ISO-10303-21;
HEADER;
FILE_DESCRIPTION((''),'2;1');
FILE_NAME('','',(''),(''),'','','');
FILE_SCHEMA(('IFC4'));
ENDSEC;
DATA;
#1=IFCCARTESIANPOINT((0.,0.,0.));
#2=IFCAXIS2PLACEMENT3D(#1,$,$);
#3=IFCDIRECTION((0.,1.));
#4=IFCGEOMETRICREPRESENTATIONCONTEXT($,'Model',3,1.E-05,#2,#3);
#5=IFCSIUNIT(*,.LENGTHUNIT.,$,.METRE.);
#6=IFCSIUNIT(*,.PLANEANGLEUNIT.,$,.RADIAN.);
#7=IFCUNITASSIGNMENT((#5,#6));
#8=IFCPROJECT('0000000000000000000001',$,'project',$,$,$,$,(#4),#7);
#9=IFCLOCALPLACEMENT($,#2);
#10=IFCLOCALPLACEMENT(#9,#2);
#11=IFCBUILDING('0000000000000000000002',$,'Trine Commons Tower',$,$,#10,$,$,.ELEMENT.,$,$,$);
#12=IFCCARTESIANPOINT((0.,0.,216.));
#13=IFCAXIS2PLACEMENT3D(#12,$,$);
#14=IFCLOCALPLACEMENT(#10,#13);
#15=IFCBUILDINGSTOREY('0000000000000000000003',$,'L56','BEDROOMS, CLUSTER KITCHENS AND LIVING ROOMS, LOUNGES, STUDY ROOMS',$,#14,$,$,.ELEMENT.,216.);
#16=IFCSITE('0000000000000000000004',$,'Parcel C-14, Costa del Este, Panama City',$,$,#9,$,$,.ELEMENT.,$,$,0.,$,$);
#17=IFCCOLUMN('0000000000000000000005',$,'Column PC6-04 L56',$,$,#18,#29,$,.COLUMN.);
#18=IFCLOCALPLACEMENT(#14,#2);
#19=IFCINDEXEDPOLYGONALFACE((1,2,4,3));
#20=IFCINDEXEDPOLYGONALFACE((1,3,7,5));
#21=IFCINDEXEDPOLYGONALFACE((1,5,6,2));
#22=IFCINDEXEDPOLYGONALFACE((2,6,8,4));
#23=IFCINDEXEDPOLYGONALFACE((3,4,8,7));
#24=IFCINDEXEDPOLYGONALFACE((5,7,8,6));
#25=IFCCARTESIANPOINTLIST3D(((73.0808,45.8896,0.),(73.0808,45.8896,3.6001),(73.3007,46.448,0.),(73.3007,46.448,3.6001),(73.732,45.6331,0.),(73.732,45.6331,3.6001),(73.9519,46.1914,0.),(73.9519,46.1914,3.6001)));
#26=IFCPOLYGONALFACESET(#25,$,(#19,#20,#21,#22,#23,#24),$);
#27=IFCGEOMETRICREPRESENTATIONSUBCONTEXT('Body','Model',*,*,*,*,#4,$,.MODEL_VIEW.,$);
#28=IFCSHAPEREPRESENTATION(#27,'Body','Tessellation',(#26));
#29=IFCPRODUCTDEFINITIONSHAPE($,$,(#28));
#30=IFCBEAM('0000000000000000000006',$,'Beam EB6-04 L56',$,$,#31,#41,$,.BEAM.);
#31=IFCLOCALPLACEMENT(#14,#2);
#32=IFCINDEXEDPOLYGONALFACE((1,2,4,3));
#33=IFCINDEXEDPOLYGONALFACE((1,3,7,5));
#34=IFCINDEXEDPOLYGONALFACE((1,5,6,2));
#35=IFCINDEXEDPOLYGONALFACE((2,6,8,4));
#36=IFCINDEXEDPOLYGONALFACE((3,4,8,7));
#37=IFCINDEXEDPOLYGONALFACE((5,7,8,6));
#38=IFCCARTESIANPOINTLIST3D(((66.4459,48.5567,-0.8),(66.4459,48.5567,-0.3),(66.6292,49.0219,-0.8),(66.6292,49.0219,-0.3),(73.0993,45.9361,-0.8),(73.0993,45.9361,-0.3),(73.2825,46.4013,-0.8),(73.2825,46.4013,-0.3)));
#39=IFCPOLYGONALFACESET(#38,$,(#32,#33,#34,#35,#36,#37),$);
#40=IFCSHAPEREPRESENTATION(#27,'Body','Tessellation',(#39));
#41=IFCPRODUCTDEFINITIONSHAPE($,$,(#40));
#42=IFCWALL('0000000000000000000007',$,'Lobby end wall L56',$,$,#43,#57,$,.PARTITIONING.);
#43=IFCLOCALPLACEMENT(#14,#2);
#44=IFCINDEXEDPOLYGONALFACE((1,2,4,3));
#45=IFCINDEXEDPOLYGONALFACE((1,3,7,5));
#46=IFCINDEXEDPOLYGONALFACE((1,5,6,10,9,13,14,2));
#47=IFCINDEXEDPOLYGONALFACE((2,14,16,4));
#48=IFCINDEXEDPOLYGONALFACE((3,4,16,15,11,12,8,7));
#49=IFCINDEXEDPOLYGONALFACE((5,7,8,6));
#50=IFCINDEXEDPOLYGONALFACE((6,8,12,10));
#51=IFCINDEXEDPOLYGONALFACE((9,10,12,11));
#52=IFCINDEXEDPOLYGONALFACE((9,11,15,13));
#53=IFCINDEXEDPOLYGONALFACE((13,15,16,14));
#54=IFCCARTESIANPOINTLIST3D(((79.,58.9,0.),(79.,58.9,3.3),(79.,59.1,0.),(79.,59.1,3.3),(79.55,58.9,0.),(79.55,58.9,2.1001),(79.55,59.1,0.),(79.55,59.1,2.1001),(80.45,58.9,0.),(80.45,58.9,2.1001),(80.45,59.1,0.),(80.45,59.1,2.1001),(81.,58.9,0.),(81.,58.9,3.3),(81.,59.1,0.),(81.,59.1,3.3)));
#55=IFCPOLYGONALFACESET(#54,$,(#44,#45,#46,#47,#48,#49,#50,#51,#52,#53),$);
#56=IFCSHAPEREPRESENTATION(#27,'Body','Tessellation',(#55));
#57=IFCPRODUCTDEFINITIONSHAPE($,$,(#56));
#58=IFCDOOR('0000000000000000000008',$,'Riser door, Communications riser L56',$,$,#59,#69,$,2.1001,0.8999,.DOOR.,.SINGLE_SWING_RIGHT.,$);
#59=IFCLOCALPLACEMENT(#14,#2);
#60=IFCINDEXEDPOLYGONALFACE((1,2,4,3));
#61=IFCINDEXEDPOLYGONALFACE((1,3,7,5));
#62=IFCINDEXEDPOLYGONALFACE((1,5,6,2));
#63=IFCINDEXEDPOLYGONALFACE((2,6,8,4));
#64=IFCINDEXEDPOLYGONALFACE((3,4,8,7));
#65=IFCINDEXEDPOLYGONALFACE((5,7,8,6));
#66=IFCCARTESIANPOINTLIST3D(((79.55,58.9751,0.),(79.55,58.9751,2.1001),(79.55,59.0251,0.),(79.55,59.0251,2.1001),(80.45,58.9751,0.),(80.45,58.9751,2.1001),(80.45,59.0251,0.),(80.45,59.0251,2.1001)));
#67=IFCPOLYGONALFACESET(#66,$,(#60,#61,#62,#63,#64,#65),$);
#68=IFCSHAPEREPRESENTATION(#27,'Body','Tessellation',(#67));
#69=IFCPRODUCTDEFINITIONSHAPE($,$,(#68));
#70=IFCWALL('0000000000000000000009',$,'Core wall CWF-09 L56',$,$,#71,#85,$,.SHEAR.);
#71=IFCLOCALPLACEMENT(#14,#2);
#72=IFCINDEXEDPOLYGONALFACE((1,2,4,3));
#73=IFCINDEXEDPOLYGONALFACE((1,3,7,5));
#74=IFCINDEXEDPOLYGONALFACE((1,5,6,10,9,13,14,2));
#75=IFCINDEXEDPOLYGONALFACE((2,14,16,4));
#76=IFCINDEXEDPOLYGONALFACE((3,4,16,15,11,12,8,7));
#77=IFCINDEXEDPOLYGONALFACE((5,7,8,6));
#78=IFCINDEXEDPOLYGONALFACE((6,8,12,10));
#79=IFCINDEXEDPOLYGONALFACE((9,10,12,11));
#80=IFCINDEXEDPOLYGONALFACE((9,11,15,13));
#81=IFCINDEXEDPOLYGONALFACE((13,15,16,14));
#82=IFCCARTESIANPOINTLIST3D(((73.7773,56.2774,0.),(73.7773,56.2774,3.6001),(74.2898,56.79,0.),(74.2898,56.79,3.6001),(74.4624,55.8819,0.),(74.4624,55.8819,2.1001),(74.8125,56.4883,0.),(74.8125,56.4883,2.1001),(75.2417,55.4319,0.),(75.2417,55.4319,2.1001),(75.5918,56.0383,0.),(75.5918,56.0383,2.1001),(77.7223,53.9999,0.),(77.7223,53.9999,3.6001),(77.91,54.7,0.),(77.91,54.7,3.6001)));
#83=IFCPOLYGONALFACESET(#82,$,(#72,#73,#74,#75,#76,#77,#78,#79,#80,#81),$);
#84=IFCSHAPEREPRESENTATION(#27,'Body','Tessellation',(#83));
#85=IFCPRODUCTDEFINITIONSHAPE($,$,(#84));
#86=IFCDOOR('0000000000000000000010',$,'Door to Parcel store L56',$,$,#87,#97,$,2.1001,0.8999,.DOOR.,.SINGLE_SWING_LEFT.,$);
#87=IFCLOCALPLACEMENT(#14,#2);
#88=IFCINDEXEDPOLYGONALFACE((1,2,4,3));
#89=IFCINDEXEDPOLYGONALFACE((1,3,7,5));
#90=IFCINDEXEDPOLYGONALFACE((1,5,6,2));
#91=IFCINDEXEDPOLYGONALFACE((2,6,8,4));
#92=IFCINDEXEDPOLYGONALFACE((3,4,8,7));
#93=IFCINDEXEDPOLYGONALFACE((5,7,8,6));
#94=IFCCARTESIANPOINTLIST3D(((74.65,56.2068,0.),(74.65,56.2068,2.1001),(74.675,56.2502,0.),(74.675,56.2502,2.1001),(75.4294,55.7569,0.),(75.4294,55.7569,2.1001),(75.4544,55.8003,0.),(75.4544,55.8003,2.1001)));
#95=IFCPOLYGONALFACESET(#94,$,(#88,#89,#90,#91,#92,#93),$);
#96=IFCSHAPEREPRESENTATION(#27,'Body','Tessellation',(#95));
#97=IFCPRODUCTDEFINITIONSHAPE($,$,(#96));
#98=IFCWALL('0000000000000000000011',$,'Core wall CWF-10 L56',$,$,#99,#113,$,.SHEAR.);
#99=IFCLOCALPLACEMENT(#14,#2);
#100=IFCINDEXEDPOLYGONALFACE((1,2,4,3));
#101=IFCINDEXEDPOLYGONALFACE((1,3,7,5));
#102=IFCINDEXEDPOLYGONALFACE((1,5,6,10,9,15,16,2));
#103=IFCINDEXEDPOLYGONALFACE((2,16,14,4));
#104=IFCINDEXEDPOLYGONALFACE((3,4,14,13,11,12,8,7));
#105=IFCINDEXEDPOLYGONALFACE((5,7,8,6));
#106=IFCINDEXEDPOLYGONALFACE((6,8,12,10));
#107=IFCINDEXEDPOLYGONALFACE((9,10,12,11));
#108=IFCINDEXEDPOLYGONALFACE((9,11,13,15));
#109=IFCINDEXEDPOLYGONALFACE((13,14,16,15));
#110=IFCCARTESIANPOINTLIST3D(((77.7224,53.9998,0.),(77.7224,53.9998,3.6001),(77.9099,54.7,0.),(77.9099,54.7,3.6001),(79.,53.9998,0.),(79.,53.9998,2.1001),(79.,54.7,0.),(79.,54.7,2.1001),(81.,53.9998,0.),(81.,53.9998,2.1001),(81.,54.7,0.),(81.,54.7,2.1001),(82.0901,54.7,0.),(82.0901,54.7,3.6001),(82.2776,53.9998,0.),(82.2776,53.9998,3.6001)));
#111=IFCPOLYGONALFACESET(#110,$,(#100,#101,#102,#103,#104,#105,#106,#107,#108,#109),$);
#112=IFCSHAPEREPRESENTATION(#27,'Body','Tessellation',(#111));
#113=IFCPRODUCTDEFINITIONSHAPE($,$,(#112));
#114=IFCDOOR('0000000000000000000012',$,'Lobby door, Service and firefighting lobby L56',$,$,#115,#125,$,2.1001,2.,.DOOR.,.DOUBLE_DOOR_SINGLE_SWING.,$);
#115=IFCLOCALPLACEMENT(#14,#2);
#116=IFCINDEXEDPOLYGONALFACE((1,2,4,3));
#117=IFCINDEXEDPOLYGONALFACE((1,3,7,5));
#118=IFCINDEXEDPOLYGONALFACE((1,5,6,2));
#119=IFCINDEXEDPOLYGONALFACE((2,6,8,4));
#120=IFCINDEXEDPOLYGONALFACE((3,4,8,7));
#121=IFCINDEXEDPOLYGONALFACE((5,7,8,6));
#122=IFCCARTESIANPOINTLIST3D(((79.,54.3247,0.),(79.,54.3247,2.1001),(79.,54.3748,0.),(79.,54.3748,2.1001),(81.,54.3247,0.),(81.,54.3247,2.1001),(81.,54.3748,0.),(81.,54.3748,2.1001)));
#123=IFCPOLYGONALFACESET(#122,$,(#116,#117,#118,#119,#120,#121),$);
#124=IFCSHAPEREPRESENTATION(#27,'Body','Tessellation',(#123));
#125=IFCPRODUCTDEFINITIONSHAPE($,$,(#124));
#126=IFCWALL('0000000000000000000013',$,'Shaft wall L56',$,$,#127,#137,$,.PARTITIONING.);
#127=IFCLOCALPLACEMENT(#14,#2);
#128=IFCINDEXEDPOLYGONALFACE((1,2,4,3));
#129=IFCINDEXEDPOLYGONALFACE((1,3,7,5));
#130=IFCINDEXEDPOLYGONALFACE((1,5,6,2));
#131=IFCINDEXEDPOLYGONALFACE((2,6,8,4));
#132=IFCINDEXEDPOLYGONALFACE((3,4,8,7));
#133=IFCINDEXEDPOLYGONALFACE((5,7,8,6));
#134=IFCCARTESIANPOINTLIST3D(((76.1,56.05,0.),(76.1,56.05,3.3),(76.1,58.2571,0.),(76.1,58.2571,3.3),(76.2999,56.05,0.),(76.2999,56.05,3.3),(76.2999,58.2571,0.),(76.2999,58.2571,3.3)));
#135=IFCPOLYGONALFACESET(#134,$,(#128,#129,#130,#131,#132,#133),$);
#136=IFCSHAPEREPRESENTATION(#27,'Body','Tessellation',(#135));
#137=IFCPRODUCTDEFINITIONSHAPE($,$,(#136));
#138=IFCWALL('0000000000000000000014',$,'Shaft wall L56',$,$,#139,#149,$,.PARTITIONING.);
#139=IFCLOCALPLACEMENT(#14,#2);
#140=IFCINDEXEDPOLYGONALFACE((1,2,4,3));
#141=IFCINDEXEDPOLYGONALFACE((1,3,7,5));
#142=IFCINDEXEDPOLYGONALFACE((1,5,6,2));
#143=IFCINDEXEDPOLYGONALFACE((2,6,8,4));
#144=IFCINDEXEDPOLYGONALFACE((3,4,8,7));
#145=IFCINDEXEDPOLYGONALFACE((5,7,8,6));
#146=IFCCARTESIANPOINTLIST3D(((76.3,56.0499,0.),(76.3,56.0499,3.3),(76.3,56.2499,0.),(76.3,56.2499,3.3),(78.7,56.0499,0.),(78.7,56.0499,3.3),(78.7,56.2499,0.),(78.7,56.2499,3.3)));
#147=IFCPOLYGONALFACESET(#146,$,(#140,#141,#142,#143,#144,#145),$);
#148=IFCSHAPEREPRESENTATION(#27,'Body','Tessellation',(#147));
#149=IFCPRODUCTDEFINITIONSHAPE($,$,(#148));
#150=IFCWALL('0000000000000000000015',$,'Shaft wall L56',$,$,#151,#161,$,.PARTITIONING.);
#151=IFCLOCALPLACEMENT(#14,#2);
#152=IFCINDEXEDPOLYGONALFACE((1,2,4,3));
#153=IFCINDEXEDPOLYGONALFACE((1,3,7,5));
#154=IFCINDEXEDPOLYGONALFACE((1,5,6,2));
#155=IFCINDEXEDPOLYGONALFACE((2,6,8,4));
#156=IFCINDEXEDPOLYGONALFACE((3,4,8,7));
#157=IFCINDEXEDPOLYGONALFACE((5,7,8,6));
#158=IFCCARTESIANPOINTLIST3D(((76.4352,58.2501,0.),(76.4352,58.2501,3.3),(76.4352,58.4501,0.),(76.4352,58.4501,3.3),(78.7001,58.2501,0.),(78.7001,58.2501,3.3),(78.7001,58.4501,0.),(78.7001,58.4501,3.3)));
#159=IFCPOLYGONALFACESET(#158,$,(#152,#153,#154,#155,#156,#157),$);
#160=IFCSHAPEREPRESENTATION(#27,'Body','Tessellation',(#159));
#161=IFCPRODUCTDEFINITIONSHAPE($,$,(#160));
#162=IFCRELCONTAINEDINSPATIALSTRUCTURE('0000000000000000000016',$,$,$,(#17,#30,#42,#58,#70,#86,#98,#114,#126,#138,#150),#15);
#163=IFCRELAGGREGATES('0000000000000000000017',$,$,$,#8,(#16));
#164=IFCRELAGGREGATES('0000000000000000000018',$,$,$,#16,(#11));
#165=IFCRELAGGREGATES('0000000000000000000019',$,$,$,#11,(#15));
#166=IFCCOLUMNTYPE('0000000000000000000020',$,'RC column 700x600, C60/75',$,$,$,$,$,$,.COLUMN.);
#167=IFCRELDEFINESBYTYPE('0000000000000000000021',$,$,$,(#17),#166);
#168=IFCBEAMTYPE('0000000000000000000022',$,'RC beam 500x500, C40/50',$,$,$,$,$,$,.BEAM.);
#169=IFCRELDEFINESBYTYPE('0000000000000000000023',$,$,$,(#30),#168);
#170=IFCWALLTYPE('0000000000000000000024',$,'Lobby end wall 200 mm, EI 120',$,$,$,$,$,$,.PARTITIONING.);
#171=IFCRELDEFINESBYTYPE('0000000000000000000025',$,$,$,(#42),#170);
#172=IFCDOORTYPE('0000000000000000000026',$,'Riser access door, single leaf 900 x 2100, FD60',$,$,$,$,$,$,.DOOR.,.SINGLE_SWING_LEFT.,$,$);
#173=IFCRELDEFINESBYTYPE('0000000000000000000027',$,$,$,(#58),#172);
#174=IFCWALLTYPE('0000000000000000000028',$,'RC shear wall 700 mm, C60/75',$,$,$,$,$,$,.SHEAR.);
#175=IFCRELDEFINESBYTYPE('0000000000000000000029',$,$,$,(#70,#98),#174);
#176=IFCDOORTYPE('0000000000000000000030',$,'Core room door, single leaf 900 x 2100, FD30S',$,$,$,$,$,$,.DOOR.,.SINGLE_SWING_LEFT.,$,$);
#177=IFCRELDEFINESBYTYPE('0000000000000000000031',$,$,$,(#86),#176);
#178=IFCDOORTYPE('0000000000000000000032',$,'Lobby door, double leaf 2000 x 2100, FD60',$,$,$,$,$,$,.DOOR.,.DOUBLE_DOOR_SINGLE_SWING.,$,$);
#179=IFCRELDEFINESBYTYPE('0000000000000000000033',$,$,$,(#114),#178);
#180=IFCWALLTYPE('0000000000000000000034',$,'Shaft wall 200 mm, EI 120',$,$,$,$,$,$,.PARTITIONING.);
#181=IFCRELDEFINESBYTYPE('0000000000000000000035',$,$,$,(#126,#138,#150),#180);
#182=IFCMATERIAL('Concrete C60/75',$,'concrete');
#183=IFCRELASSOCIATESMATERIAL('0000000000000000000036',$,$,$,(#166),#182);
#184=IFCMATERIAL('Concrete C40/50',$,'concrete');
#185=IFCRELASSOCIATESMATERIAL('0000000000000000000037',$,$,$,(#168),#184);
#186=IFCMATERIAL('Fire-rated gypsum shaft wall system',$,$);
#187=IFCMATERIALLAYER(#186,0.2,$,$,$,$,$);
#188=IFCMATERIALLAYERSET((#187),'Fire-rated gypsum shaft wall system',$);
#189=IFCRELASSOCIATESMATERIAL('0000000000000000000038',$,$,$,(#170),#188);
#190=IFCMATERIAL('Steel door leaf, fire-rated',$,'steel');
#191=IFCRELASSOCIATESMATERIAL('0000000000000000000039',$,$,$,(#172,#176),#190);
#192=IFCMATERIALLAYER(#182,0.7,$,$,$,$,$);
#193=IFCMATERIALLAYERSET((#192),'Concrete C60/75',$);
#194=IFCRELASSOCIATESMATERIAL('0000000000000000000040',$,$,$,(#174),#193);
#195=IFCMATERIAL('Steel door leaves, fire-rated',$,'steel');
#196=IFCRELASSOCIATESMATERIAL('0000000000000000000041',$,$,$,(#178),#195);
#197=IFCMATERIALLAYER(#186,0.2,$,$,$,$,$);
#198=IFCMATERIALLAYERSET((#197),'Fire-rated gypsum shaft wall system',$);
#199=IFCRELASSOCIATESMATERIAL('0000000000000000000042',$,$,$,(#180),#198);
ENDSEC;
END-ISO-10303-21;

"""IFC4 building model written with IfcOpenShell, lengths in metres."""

from ifc_helpers import new_model, si_unit, direction, frame, frame_2d, origin, origin_2d, place, context, subcontext, project, spatial, polyline, rectangle, outline, extrude, material, layer, layer_set, material_profile, profile_set, type_object, element, fill, save


model = new_model("IFC4")

# Units and contexts
model_context = context("Model", 3, precision=1e-05, world=origin(), true_north=direction((0.0, 1.0)))
body_context = subcontext(model_context, "Body", "Model", "MODEL_VIEW")
ifc_project = project(units=[si_unit("LENGTHUNIT", "METRE"), si_unit("PLANEANGLEUNIT", "RADIAN")], contexts=[model_context])

# Site, building, storey
site_placement = place(None, origin())
site = spatial("IfcSite", under=ifc_project, at=site_placement, Name="Parcel C-14, Costa del Este, Panama City", CompositionType="ELEMENT", RefElevation=0.0)
building_placement = place(site_placement, origin())
building = spatial("IfcBuilding", under=site, at=building_placement, Name="Trine Commons Tower", CompositionType="ELEMENT")
storey_placement = place(building_placement, frame((0.0, 0.0, 216.0)))
storey = spatial("IfcBuildingStorey", under=building, at=storey_placement, Name="L56", Description="BEDROOMS, CLUSTER KITCHENS AND LIVING ROOMS, LOUNGES, STUDY ROOMS", CompositionType="ELEMENT", Elevation=216.0)

# Column
ifc_material_1 = material(Name="Concrete C60/75", Category="concrete")
ifc_material_profile_1 = material_profile(ifc_material_1, rectangle(XDim=0.7, YDim=0.6001, at=origin_2d()), Name="RC 700x600")
ifc_profile_set_1 = profile_set([ifc_material_profile_1], Name="Concrete C60/75")
column_type = type_object("IfcColumnType", Name="RC column 700x600, C60/75", PredefinedType="COLUMN", material=ifc_profile_set_1)
column_placement = place(storey_placement, frame((73.5164, 46.0405, 0.0), z_axis=(0.0, 0.0, 1.0), x_axis=(-0.930418, 0.366501, 0.0)))
element("IfcColumn", 1, at=column_placement, inside=storey, type_object=column_type, Name="Column PC6-04 L56", PredefinedType="COLUMN", context=body_context, shape_type="SweptSolid", body=[
    extrude(rectangle(XDim=0.7, YDim=0.6001, at=origin_2d()), origin(), (0.0, 0.0, 1.0), 3.6001),
])

# Beam
ifc_material_2 = material(Name="Concrete C40/50", Category="concrete")
ifc_material_profile_2 = material_profile(ifc_material_2, rectangle(XDim=0.5, YDim=0.5, at=origin_2d()), Name="RC 500x500")
ifc_profile_set_2 = profile_set([ifc_material_profile_2], Name="Concrete C40/50")
beam_type = type_object("IfcBeamType", Name="RC beam 500x500, C40/50", PredefinedType="BEAM", material=ifc_profile_set_2)
beam_placement = place(storey_placement, frame((73.1909, 46.1687, -0.55), z_axis=(-0.930427, 0.366476, 0.0), x_axis=(-0.366476, -0.930427, 0.0)))
element("IfcBeam", 2, at=beam_placement, inside=storey, type_object=beam_type, Name="Beam EB6-04 L56", PredefinedType="BEAM", context=body_context, shape_type="SweptSolid", body=[
    extrude(rectangle(XDim=0.5, YDim=0.5, at=origin_2d()), origin(), (0.0, 0.0, 1.0), 7.1509),
])

# Walls, openings, doors
ifc_material_3 = material(Name="Fire-rated gypsum shaft wall system")
ifc_layer_1 = layer(ifc_material_3, 0.2)
ifc_layer_set_1 = layer_set([ifc_layer_1], Name="Fire-rated gypsum shaft wall system")
wall_type_1 = type_object("IfcWallType", Name="Lobby end wall 200 mm, EI 120", PredefinedType="PARTITIONING", material=ifc_layer_set_1)
wall_1_placement = place(storey_placement, frame((79.0, 59.0, 0.0), z_axis=(0.0, 0.0, 1.0), x_axis=(1.0, 0.0, 0.0)))
wall_1 = element("IfcWall", 3, at=wall_1_placement, inside=storey, type_object=wall_type_1, Name="Lobby end wall L56", PredefinedType="PARTITIONING", context=body_context, shape_type="SweptSolid", body=[
    extrude(rectangle(XDim=2.0, YDim=0.2, at=frame_2d((1.0, 0.0))), origin(), (0.0, 0.0, 1.0), 3.3),
])
opening_1_placement = place(wall_1_placement, frame((0.55, 0.0, 0.0)))
opening_1 = element("IfcOpeningElement", 4, at=opening_1_placement, cuts=wall_1, PredefinedType="OPENING", context=body_context, shape_type="SweptSolid", body=[
    extrude(rectangle(XDim=0.8999, YDim=2.1001, at=frame_2d((0.45, 1.05))), frame((0.0, 0.1099, 0.0), z_axis=(0.0, -1.0, 0.0), x_axis=(1.0, 0.0, 0.0)), (0.0, 0.0, 1.0), 0.22),
])
ifc_material_4 = material(Name="Steel door leaf, fire-rated", Category="steel")
door_type_1 = type_object("IfcDoorType", Name="Riser access door, single leaf 900 x 2100, FD60", OperationType="SINGLE_SWING_LEFT", PredefinedType="DOOR", material=ifc_material_4)
door_1_placement = place(opening_1_placement, frame((0.8999, 0.0, 0.0), z_axis=(0.0, 0.0, 1.0), x_axis=(-1.0, 0.0, 0.0)))
door_1 = element("IfcDoor", 5, at=door_1_placement, inside=storey, type_object=door_type_1, Name="Riser door, Communications riser L56", OperationType="SINGLE_SWING_RIGHT", OverallHeight=2.1001, OverallWidth=0.8999, PredefinedType="DOOR", context=body_context, shape_type="SweptSolid", body=[
    extrude(rectangle(XDim=0.8999, YDim=2.1001, at=frame_2d((0.45, 1.05))), frame((0.0, 0.0249, 0.0), z_axis=(0.0, -1.0, 0.0), x_axis=(1.0, 0.0, 0.0)), (0.0, 0.0, 1.0), 0.05),
])
fill(opening_1, door_1)
ifc_layer_2 = layer(ifc_material_1, 0.7)
ifc_layer_set_2 = layer_set([ifc_layer_2], Name="Concrete C60/75")
wall_type_2 = type_object("IfcWallType", Name="RC shear wall 700 mm, C60/75", PredefinedType="SHEAR", material=ifc_layer_set_2)
wall_2_placement = place(storey_placement, frame((73.9524, 56.5806, 0.0), z_axis=(0.0, 0.0, 1.0), x_axis=(0.866035, -0.499984, 0.0)))
wall_2 = element("IfcWall", 6, at=wall_2_placement, inside=storey, type_object=wall_type_2, Name="Core wall CWF-09 L56", PredefinedType="SHEAR", context=body_context, shape_type="SweptSolid", body=[
    extrude(outline(polyline([(0.0, -0.3501), (4.5552, -0.3501), (4.3677, 0.3501), (0.1875, 0.3501), (0.0, -0.3501)])), origin(), (0.0, 0.0, 1.0), 3.6001),
])
opening_2_placement = place(wall_2_placement, frame((0.791, 0.0, 0.0)))
opening_2 = element("IfcOpeningElement", 7, at=opening_2_placement, cuts=wall_2, PredefinedType="OPENING", context=body_context, shape_type="SweptSolid", body=[
    extrude(rectangle(XDim=0.8999, YDim=2.1001, at=frame_2d((0.45, 1.05))), frame((0.0, 0.3599, 0.0), z_axis=(0.0, -1.0, 0.0), x_axis=(1.0, 0.0, 0.0)), (0.0, 0.0, 1.0), 0.72),
])
door_type_2 = type_object("IfcDoorType", Name="Core room door, single leaf 900 x 2100, FD30S", OperationType="SINGLE_SWING_LEFT", PredefinedType="DOOR", material=ifc_material_4)
door_2_placement = place(opening_2_placement, origin())
door_2 = element("IfcDoor", 8, at=door_2_placement, inside=storey, type_object=door_type_2, Name="Door to Parcel store L56", OperationType="SINGLE_SWING_LEFT", OverallHeight=2.1001, OverallWidth=0.8999, PredefinedType="DOOR", context=body_context, shape_type="SweptSolid", body=[
    extrude(rectangle(XDim=0.8999, YDim=2.1001, at=frame_2d((0.45, 1.05))), frame((0.0, 0.0752, 0.0), z_axis=(0.0, -1.0, 0.0), x_axis=(1.0, 0.0, 0.0)), (0.0, 0.0, 1.0), 0.05),
])
fill(opening_2, door_2)
wall_3_placement = place(storey_placement, frame((77.7224, 54.3499, 0.0), z_axis=(0.0, 0.0, 1.0), x_axis=(1.0, 0.0, 0.0)))
wall_3 = element("IfcWall", 9, at=wall_3_placement, inside=storey, type_object=wall_type_2, Name="Core wall CWF-10 L56", PredefinedType="SHEAR", context=body_context, shape_type="SweptSolid", body=[
    extrude(outline(polyline([(0.0, -0.3501), (4.5552, -0.3501), (4.3677, 0.3501), (0.1875, 0.3501), (0.0, -0.3501)])), origin(), (0.0, 0.0, 1.0), 3.6001),
])
opening_3_placement = place(wall_3_placement, frame((1.2776, 0.0, 0.0)))
opening_3 = element("IfcOpeningElement", 10, at=opening_3_placement, cuts=wall_3, PredefinedType="OPENING", context=body_context, shape_type="SweptSolid", body=[
    extrude(rectangle(XDim=2.0, YDim=2.1001, at=frame_2d((1.0, 1.05))), frame((0.0, 0.3599, 0.0), z_axis=(0.0, -1.0, 0.0), x_axis=(1.0, 0.0, 0.0)), (0.0, 0.0, 1.0), 0.72),
])
ifc_material_5 = material(Name="Steel door leaves, fire-rated", Category="steel")
door_type_3 = type_object("IfcDoorType", Name="Lobby door, double leaf 2000 x 2100, FD60", OperationType="DOUBLE_DOOR_SINGLE_SWING", PredefinedType="DOOR", material=ifc_material_5)
door_3_placement = place(opening_3_placement, origin())
door_3 = element("IfcDoor", 11, at=door_3_placement, inside=storey, type_object=door_type_3, Name="Lobby door, Service and firefighting lobby L56", OperationType="DOUBLE_DOOR_SINGLE_SWING", OverallHeight=2.1001, OverallWidth=2.0, PredefinedType="DOOR", context=body_context, shape_type="SweptSolid", body=[
    extrude(rectangle(XDim=2.0, YDim=2.1001, at=frame_2d((1.0, 1.05))), frame((0.0, 0.0249, 0.0), z_axis=(0.0, -1.0, 0.0), x_axis=(1.0, 0.0, 0.0)), (0.0, 0.0, 1.0), 0.05),
])
fill(opening_3, door_3)

# Walls
ifc_layer_3 = layer(ifc_material_3, 0.2)
ifc_layer_set_3 = layer_set([ifc_layer_3], Name="Fire-rated gypsum shaft wall system")
wall_type_3 = type_object("IfcWallType", Name="Shaft wall 200 mm, EI 120", PredefinedType="PARTITIONING", material=ifc_layer_set_3)
wall_4_placement = place(storey_placement, frame((76.2, 58.2571, 0.0), z_axis=(0.0, 0.0, 1.0), x_axis=(0.0, -1.0, 0.0)))
element("IfcWall", 12, at=wall_4_placement, inside=storey, type_object=wall_type_3, Name="Shaft wall L56", PredefinedType="PARTITIONING", context=body_context, shape_type="SweptSolid", body=[
    extrude(rectangle(XDim=2.207, YDim=0.2, at=frame_2d((1.1035, 0.0))), origin(), (0.0, 0.0, 1.0), 3.3),
])
wall_5_placement = place(storey_placement, frame((78.7, 56.1499, 0.0), z_axis=(0.0, 0.0, 1.0), x_axis=(-1.0, 0.0, 0.0)))
element("IfcWall", 13, at=wall_5_placement, inside=storey, type_object=wall_type_3, Name="Shaft wall L56", PredefinedType="PARTITIONING", context=body_context, shape_type="SweptSolid", body=[
    extrude(rectangle(XDim=2.3999, YDim=0.2, at=frame_2d((1.2, 0.0))), origin(), (0.0, 0.0, 1.0), 3.3),
])
wall_6_placement = place(storey_placement, frame((78.7, 58.3501, 0.0), z_axis=(0.0, 0.0, 1.0), x_axis=(-1.0, 0.0, 0.0)))
element("IfcWall", 14, at=wall_6_placement, inside=storey, type_object=wall_type_3, Name="Shaft wall L56", PredefinedType="PARTITIONING", context=body_context, shape_type="SweptSolid", body=[
    extrude(rectangle(XDim=2.2649, YDim=0.2, at=frame_2d((1.1323, 0.0))), origin(), (0.0, 0.0, 1.0), 3.3),
])

save(model, "model.ifc")
